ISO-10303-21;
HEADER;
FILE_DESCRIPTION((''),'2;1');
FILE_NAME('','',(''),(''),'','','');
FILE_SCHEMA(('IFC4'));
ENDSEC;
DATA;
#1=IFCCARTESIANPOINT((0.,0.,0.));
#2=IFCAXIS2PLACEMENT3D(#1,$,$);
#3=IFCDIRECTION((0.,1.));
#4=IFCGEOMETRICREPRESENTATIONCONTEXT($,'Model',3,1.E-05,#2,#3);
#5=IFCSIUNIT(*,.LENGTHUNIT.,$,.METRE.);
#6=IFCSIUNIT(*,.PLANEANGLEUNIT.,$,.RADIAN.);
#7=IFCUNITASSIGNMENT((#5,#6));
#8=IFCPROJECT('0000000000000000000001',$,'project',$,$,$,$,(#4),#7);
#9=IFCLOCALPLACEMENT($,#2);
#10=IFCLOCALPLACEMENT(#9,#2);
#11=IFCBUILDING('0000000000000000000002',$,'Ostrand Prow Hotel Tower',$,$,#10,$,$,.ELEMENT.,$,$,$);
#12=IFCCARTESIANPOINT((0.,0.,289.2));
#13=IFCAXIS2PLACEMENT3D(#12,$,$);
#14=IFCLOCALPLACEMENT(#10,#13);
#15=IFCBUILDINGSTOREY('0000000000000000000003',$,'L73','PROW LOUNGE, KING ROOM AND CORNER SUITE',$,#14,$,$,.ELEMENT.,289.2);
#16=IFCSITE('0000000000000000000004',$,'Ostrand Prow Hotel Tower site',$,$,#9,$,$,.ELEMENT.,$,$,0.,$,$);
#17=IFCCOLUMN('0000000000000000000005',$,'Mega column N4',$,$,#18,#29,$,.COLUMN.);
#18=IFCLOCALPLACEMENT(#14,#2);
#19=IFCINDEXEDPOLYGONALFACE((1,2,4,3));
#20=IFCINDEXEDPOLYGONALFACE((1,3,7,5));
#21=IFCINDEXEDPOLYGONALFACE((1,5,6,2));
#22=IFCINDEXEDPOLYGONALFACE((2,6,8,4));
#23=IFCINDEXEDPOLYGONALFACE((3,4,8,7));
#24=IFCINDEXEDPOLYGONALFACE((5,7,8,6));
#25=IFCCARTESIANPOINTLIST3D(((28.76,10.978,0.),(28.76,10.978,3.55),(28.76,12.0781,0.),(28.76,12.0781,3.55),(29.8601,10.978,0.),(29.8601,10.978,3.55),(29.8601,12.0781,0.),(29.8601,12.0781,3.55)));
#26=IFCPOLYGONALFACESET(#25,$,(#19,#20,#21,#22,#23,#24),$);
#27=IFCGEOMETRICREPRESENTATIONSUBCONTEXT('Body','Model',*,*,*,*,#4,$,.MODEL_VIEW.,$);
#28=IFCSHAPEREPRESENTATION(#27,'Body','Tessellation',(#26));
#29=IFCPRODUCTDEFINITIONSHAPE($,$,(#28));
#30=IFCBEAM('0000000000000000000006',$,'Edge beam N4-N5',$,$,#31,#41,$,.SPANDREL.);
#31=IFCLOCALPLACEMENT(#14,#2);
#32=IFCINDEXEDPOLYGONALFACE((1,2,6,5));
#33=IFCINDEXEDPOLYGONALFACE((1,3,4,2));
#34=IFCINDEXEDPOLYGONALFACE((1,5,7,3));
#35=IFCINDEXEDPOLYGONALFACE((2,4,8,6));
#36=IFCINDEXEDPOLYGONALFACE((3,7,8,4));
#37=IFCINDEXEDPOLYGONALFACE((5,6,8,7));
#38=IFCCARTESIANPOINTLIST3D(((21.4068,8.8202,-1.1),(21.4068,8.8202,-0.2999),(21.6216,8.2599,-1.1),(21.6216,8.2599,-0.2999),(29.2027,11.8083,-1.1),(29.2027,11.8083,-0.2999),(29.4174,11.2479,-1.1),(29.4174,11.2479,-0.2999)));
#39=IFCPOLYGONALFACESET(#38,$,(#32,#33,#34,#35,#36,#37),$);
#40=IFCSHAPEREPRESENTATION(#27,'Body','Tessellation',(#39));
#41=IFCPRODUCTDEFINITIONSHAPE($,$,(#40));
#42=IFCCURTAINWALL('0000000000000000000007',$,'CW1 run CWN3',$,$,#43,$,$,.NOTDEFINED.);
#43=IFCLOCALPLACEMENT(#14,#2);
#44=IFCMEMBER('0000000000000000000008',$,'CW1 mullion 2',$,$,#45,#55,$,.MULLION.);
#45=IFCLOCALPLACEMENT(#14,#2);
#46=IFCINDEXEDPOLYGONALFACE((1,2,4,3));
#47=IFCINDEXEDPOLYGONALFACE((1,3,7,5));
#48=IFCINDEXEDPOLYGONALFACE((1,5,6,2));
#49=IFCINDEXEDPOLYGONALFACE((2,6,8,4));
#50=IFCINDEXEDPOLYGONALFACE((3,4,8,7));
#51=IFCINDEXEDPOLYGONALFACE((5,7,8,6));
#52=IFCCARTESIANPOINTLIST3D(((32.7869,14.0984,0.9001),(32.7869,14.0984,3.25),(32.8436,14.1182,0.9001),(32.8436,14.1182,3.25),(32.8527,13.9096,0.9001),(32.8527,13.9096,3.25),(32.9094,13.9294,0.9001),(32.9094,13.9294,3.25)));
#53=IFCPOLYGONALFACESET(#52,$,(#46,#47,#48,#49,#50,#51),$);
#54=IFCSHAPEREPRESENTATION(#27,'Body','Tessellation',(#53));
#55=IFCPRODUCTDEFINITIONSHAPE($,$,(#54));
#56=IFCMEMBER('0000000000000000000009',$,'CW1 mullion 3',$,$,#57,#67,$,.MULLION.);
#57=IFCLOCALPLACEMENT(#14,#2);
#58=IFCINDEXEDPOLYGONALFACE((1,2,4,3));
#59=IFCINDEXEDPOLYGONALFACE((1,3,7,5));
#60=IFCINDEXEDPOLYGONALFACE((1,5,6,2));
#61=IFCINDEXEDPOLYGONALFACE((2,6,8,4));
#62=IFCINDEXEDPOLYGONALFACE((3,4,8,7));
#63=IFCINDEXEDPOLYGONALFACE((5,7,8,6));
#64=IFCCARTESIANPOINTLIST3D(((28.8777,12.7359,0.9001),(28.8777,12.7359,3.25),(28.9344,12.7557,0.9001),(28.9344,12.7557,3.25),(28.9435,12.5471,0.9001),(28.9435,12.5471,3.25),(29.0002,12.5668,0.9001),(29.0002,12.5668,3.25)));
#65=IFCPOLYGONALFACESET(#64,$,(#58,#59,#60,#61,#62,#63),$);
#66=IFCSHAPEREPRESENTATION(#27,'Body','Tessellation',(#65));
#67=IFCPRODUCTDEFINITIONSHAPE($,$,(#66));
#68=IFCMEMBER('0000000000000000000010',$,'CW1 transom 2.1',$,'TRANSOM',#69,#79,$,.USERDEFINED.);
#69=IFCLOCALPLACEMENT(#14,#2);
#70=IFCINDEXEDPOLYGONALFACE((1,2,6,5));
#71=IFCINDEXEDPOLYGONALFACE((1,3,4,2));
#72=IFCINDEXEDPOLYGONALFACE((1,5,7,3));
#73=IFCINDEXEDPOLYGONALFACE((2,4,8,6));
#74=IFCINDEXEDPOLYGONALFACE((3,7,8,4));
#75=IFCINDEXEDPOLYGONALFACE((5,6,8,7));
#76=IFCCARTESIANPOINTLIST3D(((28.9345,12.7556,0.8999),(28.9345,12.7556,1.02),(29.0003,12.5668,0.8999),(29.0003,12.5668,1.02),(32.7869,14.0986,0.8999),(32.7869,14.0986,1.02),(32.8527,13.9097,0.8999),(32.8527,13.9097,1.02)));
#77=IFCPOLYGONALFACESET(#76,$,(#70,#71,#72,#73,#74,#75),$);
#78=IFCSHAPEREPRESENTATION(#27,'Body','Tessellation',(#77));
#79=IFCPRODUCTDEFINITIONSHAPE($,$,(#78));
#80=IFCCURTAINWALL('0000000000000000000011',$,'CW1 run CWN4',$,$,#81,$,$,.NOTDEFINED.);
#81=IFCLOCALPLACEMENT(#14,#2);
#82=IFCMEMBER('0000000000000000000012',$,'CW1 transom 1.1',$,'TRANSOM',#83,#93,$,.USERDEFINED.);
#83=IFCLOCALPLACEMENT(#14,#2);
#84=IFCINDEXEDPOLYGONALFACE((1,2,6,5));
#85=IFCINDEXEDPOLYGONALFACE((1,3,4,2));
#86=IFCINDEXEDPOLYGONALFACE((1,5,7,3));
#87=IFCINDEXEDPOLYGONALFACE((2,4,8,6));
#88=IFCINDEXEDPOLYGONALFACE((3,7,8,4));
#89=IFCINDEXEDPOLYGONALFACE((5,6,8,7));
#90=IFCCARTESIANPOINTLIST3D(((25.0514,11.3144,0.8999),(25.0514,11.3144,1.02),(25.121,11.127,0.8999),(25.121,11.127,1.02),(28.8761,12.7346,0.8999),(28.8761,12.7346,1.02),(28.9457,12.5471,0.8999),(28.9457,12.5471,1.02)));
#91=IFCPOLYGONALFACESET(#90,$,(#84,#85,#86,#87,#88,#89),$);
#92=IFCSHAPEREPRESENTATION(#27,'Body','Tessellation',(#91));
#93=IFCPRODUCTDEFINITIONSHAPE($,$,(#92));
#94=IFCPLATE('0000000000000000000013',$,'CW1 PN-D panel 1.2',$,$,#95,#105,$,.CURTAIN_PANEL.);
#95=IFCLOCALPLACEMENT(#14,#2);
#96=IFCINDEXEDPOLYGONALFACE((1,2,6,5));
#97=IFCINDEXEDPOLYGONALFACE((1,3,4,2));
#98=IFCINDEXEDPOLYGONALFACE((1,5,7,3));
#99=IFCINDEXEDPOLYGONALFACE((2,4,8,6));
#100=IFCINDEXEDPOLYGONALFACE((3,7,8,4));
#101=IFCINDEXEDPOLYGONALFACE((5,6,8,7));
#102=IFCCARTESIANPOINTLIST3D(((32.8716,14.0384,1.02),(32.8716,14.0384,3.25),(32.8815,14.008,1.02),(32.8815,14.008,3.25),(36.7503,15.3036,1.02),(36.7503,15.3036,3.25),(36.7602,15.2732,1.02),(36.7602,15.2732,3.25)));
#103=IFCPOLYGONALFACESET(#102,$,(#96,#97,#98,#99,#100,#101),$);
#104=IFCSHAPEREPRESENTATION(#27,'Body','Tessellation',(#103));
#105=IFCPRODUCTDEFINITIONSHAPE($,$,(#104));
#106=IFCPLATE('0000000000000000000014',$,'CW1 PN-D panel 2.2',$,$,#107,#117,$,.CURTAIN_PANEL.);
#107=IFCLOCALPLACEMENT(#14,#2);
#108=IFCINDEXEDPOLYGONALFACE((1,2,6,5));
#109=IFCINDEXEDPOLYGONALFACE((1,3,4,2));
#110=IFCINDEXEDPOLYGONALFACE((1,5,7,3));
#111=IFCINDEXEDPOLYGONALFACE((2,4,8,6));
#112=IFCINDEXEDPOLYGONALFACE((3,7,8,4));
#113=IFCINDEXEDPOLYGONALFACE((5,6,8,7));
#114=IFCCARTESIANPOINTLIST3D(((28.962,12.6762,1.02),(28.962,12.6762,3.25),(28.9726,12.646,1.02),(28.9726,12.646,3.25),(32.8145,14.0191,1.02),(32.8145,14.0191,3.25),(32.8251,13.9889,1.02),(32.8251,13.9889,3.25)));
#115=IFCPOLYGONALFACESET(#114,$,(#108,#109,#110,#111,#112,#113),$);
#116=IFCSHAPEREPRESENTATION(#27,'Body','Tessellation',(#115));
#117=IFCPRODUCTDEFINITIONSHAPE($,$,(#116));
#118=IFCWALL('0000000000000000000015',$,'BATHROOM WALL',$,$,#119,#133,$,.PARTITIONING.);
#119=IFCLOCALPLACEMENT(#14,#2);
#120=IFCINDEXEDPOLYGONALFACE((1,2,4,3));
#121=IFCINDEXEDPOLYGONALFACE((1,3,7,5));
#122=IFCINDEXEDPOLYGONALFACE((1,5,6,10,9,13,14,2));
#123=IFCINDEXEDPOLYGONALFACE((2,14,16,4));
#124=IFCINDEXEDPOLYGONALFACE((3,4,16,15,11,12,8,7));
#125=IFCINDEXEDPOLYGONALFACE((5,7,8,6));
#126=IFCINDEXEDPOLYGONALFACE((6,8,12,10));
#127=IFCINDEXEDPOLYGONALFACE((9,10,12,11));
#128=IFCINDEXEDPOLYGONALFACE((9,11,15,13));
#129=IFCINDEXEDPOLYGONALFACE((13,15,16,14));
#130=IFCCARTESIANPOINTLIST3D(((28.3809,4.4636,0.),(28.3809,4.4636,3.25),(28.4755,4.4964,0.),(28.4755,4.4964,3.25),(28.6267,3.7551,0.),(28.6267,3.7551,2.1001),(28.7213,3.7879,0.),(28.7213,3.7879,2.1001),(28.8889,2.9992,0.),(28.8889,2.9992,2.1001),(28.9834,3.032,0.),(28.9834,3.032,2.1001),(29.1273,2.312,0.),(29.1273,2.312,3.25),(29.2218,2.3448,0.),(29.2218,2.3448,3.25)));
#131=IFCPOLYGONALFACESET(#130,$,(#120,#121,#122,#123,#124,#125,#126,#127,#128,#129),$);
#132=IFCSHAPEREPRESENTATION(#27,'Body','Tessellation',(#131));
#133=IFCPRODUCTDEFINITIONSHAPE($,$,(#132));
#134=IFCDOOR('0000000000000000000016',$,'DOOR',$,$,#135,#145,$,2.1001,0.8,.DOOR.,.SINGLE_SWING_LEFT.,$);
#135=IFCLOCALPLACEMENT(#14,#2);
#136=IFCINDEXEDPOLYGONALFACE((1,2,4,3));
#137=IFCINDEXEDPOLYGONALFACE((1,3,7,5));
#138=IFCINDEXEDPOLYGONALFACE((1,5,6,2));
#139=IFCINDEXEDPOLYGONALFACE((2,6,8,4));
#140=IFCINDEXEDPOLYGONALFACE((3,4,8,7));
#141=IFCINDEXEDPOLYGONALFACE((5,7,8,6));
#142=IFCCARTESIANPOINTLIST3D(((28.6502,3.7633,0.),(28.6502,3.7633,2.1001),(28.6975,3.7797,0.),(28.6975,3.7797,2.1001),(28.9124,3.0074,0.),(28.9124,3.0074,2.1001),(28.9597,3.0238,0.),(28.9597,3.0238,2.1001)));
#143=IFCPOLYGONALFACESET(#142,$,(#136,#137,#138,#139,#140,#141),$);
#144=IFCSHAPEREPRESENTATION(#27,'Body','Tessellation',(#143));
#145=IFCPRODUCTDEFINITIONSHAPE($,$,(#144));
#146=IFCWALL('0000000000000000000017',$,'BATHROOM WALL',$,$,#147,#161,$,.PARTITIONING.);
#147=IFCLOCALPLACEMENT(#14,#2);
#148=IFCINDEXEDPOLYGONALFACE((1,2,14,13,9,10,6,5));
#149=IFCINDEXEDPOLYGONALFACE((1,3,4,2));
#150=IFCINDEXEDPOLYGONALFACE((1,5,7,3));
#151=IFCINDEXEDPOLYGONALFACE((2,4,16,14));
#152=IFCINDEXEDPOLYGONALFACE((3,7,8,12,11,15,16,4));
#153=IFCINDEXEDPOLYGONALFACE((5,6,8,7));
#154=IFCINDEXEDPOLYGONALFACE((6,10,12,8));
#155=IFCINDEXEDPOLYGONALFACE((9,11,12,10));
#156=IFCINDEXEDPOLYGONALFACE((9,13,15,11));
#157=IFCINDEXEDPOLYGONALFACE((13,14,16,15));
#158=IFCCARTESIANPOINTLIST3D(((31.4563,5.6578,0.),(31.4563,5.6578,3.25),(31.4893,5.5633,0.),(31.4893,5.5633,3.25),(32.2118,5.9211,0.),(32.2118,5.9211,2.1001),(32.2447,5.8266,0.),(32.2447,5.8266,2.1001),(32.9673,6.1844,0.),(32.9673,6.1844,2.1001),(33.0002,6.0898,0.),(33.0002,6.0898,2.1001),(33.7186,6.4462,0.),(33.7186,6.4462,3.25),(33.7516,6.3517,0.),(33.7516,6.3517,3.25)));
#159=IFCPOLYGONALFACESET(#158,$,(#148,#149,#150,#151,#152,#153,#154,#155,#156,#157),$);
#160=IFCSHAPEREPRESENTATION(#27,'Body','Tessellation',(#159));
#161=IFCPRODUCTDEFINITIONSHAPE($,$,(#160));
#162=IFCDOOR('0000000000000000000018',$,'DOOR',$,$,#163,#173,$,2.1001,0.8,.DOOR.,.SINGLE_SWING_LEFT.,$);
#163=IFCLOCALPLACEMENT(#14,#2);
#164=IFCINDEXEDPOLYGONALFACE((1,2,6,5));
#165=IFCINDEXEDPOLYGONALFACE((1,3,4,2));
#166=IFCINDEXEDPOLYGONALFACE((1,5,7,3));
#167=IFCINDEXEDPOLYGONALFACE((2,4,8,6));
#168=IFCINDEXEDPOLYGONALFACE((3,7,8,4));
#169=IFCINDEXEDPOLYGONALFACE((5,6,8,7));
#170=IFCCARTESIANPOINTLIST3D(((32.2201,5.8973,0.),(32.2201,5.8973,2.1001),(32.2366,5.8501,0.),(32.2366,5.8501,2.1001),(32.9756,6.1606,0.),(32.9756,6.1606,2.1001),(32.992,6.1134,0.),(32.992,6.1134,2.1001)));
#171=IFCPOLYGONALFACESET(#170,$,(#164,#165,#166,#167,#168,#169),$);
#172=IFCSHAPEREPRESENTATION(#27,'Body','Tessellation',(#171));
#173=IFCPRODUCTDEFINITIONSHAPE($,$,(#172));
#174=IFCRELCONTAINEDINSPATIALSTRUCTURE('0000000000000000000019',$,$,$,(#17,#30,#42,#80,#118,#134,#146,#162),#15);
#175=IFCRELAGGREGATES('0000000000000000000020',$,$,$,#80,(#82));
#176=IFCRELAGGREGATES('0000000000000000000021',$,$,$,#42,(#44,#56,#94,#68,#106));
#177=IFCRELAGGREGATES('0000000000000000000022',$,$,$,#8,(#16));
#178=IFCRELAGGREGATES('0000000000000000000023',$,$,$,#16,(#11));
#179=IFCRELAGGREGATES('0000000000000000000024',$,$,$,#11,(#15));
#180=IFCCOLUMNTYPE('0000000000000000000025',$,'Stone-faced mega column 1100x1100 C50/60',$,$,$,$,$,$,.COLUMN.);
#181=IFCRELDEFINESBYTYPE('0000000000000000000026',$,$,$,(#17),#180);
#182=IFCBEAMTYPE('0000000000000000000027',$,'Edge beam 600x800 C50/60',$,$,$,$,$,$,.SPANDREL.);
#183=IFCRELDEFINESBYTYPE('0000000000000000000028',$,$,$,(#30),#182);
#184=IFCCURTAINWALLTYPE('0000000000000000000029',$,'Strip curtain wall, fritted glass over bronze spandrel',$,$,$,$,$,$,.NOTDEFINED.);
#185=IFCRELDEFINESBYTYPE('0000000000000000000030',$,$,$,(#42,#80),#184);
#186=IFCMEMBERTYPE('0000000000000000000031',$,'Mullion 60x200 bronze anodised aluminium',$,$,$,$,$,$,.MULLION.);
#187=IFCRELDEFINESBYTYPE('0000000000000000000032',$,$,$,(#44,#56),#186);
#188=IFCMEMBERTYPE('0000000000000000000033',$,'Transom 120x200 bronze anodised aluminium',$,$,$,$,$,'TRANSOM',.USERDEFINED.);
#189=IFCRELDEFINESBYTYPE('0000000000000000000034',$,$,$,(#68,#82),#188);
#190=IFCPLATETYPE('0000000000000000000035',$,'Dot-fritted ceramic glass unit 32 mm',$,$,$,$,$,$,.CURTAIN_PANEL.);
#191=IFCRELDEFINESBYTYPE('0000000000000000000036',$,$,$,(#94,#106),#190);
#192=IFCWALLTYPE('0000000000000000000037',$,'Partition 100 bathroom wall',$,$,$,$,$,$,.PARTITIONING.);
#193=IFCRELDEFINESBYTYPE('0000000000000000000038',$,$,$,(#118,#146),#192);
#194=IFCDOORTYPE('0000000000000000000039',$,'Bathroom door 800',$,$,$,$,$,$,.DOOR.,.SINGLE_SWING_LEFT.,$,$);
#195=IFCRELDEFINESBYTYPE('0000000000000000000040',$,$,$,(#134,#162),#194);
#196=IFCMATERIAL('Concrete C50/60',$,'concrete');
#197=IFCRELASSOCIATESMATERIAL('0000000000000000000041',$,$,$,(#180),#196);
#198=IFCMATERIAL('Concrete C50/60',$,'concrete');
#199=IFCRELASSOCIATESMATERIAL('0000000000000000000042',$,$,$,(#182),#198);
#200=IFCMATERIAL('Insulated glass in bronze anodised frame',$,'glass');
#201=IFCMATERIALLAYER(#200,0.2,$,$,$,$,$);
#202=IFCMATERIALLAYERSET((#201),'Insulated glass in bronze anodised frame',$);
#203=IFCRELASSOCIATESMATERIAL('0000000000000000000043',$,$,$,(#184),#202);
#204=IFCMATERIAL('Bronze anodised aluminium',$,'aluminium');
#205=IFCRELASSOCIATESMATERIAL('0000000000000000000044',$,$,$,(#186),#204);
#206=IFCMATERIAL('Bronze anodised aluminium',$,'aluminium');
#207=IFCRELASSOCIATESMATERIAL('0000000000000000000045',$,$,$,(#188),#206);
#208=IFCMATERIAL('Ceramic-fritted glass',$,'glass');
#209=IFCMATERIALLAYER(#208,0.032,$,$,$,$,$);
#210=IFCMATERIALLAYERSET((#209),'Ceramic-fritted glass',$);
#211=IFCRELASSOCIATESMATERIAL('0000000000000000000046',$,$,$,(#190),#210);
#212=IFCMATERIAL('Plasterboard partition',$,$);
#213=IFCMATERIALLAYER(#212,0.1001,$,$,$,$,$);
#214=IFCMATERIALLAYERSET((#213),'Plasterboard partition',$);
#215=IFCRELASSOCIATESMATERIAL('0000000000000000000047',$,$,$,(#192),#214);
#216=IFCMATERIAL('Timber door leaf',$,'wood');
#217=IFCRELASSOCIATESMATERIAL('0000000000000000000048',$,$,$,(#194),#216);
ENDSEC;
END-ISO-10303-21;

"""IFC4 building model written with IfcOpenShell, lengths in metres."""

from ifc_helpers import new_model, si_unit, direction, frame, frame_2d, origin, origin_2d, place, context, subcontext, project, spatial, rectangle, extrude, material, layer, layer_set, material_profile, profile_set, type_object, element, fill, aggregate, save


model = new_model("IFC4")

# Units and contexts
model_context = context("Model", 3, precision=1e-05, world=origin(), true_north=direction((0.0, 1.0)))
body_context = subcontext(model_context, "Body", "Model", "MODEL_VIEW")
ifc_project = project(units=[si_unit("LENGTHUNIT", "METRE"), si_unit("PLANEANGLEUNIT", "RADIAN")], contexts=[model_context])

# Site, building, storey
site_placement = place(None, origin())
site = spatial("IfcSite", under=ifc_project, at=site_placement, Name="Ostrand Prow Hotel Tower site", CompositionType="ELEMENT", RefElevation=0.0)
building_placement = place(site_placement, origin())
building = spatial("IfcBuilding", under=site, at=building_placement, Name="Ostrand Prow Hotel Tower", CompositionType="ELEMENT")
storey_placement = place(building_placement, frame((0.0, 0.0, 289.2)))
storey = spatial("IfcBuildingStorey", under=building, at=storey_placement, Name="L73", Description="PROW LOUNGE, KING ROOM AND CORNER SUITE", CompositionType="ELEMENT", Elevation=289.2)

# Column
ifc_material_1 = material(Name="Concrete C50/60", Category="concrete")
ifc_material_profile_1 = material_profile(ifc_material_1, rectangle(XDim=1.1001, YDim=1.1001, at=origin_2d()), Name="RC 1100x1100")
ifc_profile_set_1 = profile_set([ifc_material_profile_1], Name="Concrete C50/60")
column_type = type_object("IfcColumnType", Name="Stone-faced mega column 1100x1100 C50/60", PredefinedType="COLUMN", material=ifc_profile_set_1)
column_placement = place(storey_placement, frame((29.3101, 11.5281, 0.0), z_axis=(0.0, 0.0, 1.0), x_axis=(1.0, 0.0, 0.0)))
element("IfcColumn", 1, at=column_placement, inside=storey, type_object=column_type, Name="Mega column N4", PredefinedType="COLUMN", context=body_context, shape_type="SweptSolid", body=[
    extrude(rectangle(XDim=1.1001, YDim=1.1001, at=origin_2d()), origin(), (0.0, 0.0, 1.0), 3.55),
])

# Beam
ifc_material_2 = material(Name="Concrete C50/60", Category="concrete")
ifc_material_profile_2 = material_profile(ifc_material_2, rectangle(XDim=0.6001, YDim=0.8, at=origin_2d()), Name="RC 600x800")
ifc_profile_set_2 = profile_set([ifc_material_profile_2], Name="Concrete C50/60")
beam_type = type_object("IfcBeamType", Name="Edge beam 600x800 C50/60", PredefinedType="SPANDREL", material=ifc_profile_set_2)
beam_placement = place(storey_placement, frame((29.3101, 11.5281, -0.7), z_axis=(-0.933762, -0.357895, 0.0), x_axis=(0.357895, -0.933762, 0.0)))
element("IfcBeam", 2, at=beam_placement, inside=storey, type_object=beam_type, Name="Edge beam N4-N5", PredefinedType="SPANDREL", context=body_context, shape_type="SweptSolid", body=[
    extrude(rectangle(XDim=0.6001, YDim=0.8, at=origin_2d()), origin(), (0.0, 0.0, 1.0), 8.3489),
])

# Curtain wall, members
ifc_material_3 = material(Name="Insulated glass in bronze anodised frame", Category="glass")
ifc_layer_1 = layer(ifc_material_3, 0.2)
ifc_layer_set_1 = layer_set([ifc_layer_1], Name="Insulated glass in bronze anodised frame")
curtain_wall_type = type_object("IfcCurtainWallType", Name="Strip curtain wall, fritted glass over bronze spandrel", PredefinedType="NOTDEFINED", material=ifc_layer_set_1)
curtain_wall_1_placement = place(storey_placement, origin())
curtain_wall_1 = element("IfcCurtainWall", 3, at=curtain_wall_1_placement, inside=storey, type_object=curtain_wall_type, Name="CW1 run CWN3", PredefinedType="NOTDEFINED")
ifc_material_4 = material(Name="Bronze anodised aluminium", Category="aluminium")
ifc_material_profile_3 = material_profile(ifc_material_4, rectangle(XDim=0.2, YDim=0.0601, at=origin_2d()), Name="Mullion 60x200 bronze anodised aluminium")
ifc_profile_set_3 = profile_set([ifc_material_profile_3], Name="Bronze anodised aluminium")
member_type_1 = type_object("IfcMemberType", Name="Mullion 60x200 bronze anodised aluminium", PredefinedType="MULLION", material=ifc_profile_set_3)
member_1_placement = place(storey_placement, frame((32.8481, 14.0139, 0.9001), z_axis=(0.0, 0.0, 1.0), x_axis=(0.329158, -0.944275, 0.0)))
member_1 = element("IfcMember", 4, at=member_1_placement, type_object=member_type_1, Name="CW1 mullion 2", PredefinedType="MULLION", context=body_context, shape_type="SweptSolid", body=[
    extrude(rectangle(XDim=0.2, YDim=0.0601, at=origin_2d()), origin(), (0.0, 0.0, 1.0), 2.3499),
])
member_2_placement = place(storey_placement, frame((28.939, 12.6514, 0.9001), z_axis=(0.0, 0.0, 1.0), x_axis=(0.329158, -0.944275, 0.0)))
member_2 = element("IfcMember", 5, at=member_2_placement, type_object=member_type_1, Name="CW1 mullion 3", PredefinedType="MULLION", context=body_context, shape_type="SweptSolid", body=[
    extrude(rectangle(XDim=0.2, YDim=0.0601, at=origin_2d()), origin(), (0.0, 0.0, 1.0), 2.3499),
])
ifc_material_5 = material(Name="Bronze anodised aluminium", Category="aluminium")
ifc_material_profile_4 = material_profile(ifc_material_5, rectangle(XDim=0.2, YDim=0.1201, at=origin_2d()), Name="Transom 120x200 bronze anodised aluminium")
ifc_profile_set_4 = profile_set([ifc_material_profile_4], Name="Bronze anodised aluminium")
member_type_2 = type_object("IfcMemberType", Name="Transom 120x200 bronze anodised aluminium", ElementType="TRANSOM", PredefinedType="USERDEFINED", material=ifc_profile_set_4)
member_3_placement = place(storey_placement, frame((32.8198, 14.0042, 0.96), z_axis=(-0.944268, -0.329177, 0.0), x_axis=(0.329177, -0.944268, 0.0)))
member_3 = element("IfcMember", 6, at=member_3_placement, type_object=member_type_2, Name="CW1 transom 2.1", ObjectType="TRANSOM", PredefinedType="USERDEFINED", context=body_context, shape_type="SweptSolid", body=[
    extrude(rectangle(XDim=0.2, YDim=0.1201, at=origin_2d()), origin(), (0.0, 0.0, 1.0), 4.0798),
])

# Curtain wall, member
curtain_wall_2_placement = place(storey_placement, origin())
curtain_wall_2 = element("IfcCurtainWall", 7, at=curtain_wall_2_placement, inside=storey, type_object=curtain_wall_type, Name="CW1 run CWN4", PredefinedType="NOTDEFINED")
member_4_placement = place(storey_placement, frame((28.9109, 12.6409, 0.96), z_axis=(-0.93746, -0.348092, 0.0), x_axis=(0.348092, -0.93746, 0.0)))
member_4 = element("IfcMember", 8, at=member_4_placement, type_object=member_type_2, Name="CW1 transom 1.1", ObjectType="TRANSOM", PredefinedType="USERDEFINED", context=body_context, shape_type="SweptSolid", body=[
    extrude(rectangle(XDim=0.2, YDim=0.1201, at=origin_2d()), origin(), (0.0, 0.0, 1.0), 4.0798),
])
aggregate(curtain_wall_2, [member_4])

# Plates
ifc_material_6 = material(Name="Ceramic-fritted glass", Category="glass")
ifc_layer_2 = layer(ifc_material_6, 0.032)
ifc_layer_set_2 = layer_set([ifc_layer_2], Name="Ceramic-fritted glass")
plate_type = type_object("IfcPlateType", Name="Dot-fritted ceramic glass unit 32 mm", PredefinedType="CURTAIN_PANEL", material=ifc_layer_set_2)
plate_1_placement = place(storey_placement, frame((34.8159, 14.6558, 1.02), z_axis=(0.0, 0.0, 1.0), x_axis=(-0.9507, -0.310111, 0.0)))
plate_1 = element("IfcPlate", 9, at=plate_1_placement, type_object=plate_type, Name="CW1 PN-D panel 1.2", PredefinedType="CURTAIN_PANEL", context=body_context, shape_type="SweptSolid", body=[
    extrude(rectangle(XDim=4.0798, YDim=0.032, at=origin_2d()), origin(), (0.0, 0.0, 1.0), 2.23),
])
plate_2_placement = place(storey_placement, frame((30.8936, 13.3325, 1.02), z_axis=(0.0, 0.0, 1.0), x_axis=(-0.944275, -0.329158, 0.0)))
plate_2 = element("IfcPlate", 10, at=plate_2_placement, type_object=plate_type, Name="CW1 PN-D panel 2.2", PredefinedType="CURTAIN_PANEL", context=body_context, shape_type="SweptSolid", body=[
    extrude(rectangle(XDim=4.0798, YDim=0.032, at=origin_2d()), origin(), (0.0, 0.0, 1.0), 2.23),
])
aggregate(curtain_wall_1, [member_1, member_2, plate_1, member_3, plate_2])

# Walls, openings, doors
ifc_material_7 = material(Name="Plasterboard partition")
ifc_layer_3 = layer(ifc_material_7, 0.1001)
ifc_layer_set_3 = layer_set([ifc_layer_3], Name="Plasterboard partition")
wall_type_1 = type_object("IfcWallType", Name="Partition 100 bathroom wall", PredefinedType="PARTITIONING", material=ifc_layer_set_3)
wall_1_placement = place(storey_placement, frame((28.4282, 4.48, 0.0), z_axis=(0.0, 0.0, 1.0), x_axis=(0.327718, -0.944776, 0.0)))
wall_1 = element("IfcWall", 11, at=wall_1_placement, inside=storey, type_object=wall_type_1, Name="BATHROOM WALL", PredefinedType="PARTITIONING", context=body_context, shape_type="SweptSolid", body=[
    extrude(rectangle(XDim=2.2773, YDim=0.1001, at=frame_2d((1.1387, 0.0))), origin(), (0.0, 0.0, 1.0), 3.25),
])
opening_1_placement = place(wall_1_placement, frame((0.75, 0.0, 0.0)))
opening_1 = element("IfcOpeningElement", 12, at=opening_1_placement, cuts=wall_1, PredefinedType="OPENING", context=body_context, shape_type="SweptSolid", body=[
    extrude(rectangle(XDim=0.8, YDim=2.1001, at=frame_2d((0.3999, 1.05))), frame((0.0, 0.0601, 0.0), z_axis=(0.0, -1.0, 0.0), x_axis=(1.0, 0.0, 0.0)), (0.0, 0.0, 1.0), 0.1201),
])
ifc_material_8 = material(Name="Timber door leaf", Category="wood")
door_type_1 = type_object("IfcDoorType", Name="Bathroom door 800", OperationType="SINGLE_SWING_LEFT", PredefinedType="DOOR", material=ifc_material_8)
door_1_placement = place(opening_1_placement, origin())
door_1 = element("IfcDoor", 13, at=door_1_placement, inside=storey, type_object=door_type_1, Name="DOOR", OperationType="SINGLE_SWING_LEFT", OverallHeight=2.1001, OverallWidth=0.8, PredefinedType="DOOR", context=body_context, shape_type="SweptSolid", body=[
    extrude(rectangle(XDim=0.8, YDim=2.1001, at=frame_2d((0.3999, 1.05))), frame((0.0, 0.0249, 0.0), z_axis=(0.0, -1.0, 0.0), x_axis=(1.0, 0.0, 0.0)), (0.0, 0.0, 1.0), 0.05),
])
fill(opening_1, door_1)
wall_2_placement = place(storey_placement, frame((31.4729, 5.6106, 0.0), z_axis=(0.0, 0.0, 1.0), x_axis=(0.944306, 0.32907, 0.0)))
wall_2 = element("IfcWall", 14, at=wall_2_placement, inside=storey, type_object=wall_type_1, Name="BATHROOM WALL", PredefinedType="PARTITIONING", context=body_context, shape_type="SweptSolid", body=[
    extrude(rectangle(XDim=2.3958, YDim=0.1001, at=frame_2d((1.1978, 0.0))), origin(), (0.0, 0.0, 1.0), 3.25),
])
opening_2_placement = place(wall_2_placement, frame((0.8, 0.0, 0.0)))
opening_2 = element("IfcOpeningElement", 15, at=opening_2_placement, cuts=wall_2, PredefinedType="OPENING", context=body_context, shape_type="SweptSolid", body=[
    extrude(rectangle(XDim=0.8, YDim=2.1001, at=frame_2d((0.3999, 1.05))), frame((0.0, 0.0601, 0.0), z_axis=(0.0, -1.0, 0.0), x_axis=(1.0, 0.0, 0.0)), (0.0, 0.0, 1.0), 0.1201),
])
door_2_placement = place(opening_2_placement, origin())
door_2 = element("IfcDoor", 16, at=door_2_placement, inside=storey, type_object=door_type_1, Name="DOOR", OperationType="SINGLE_SWING_LEFT", OverallHeight=2.1001, OverallWidth=0.8, PredefinedType="DOOR", context=body_context, shape_type="SweptSolid", body=[
    extrude(rectangle(XDim=0.8, YDim=2.1001, at=frame_2d((0.3999, 1.05))), frame((0.0, 0.0249, 0.0), z_axis=(0.0, -1.0, 0.0), x_axis=(1.0, 0.0, 0.0)), (0.0, 0.0, 1.0), 0.05),
])
fill(opening_2, door_2)

save(model, "model.ifc")
